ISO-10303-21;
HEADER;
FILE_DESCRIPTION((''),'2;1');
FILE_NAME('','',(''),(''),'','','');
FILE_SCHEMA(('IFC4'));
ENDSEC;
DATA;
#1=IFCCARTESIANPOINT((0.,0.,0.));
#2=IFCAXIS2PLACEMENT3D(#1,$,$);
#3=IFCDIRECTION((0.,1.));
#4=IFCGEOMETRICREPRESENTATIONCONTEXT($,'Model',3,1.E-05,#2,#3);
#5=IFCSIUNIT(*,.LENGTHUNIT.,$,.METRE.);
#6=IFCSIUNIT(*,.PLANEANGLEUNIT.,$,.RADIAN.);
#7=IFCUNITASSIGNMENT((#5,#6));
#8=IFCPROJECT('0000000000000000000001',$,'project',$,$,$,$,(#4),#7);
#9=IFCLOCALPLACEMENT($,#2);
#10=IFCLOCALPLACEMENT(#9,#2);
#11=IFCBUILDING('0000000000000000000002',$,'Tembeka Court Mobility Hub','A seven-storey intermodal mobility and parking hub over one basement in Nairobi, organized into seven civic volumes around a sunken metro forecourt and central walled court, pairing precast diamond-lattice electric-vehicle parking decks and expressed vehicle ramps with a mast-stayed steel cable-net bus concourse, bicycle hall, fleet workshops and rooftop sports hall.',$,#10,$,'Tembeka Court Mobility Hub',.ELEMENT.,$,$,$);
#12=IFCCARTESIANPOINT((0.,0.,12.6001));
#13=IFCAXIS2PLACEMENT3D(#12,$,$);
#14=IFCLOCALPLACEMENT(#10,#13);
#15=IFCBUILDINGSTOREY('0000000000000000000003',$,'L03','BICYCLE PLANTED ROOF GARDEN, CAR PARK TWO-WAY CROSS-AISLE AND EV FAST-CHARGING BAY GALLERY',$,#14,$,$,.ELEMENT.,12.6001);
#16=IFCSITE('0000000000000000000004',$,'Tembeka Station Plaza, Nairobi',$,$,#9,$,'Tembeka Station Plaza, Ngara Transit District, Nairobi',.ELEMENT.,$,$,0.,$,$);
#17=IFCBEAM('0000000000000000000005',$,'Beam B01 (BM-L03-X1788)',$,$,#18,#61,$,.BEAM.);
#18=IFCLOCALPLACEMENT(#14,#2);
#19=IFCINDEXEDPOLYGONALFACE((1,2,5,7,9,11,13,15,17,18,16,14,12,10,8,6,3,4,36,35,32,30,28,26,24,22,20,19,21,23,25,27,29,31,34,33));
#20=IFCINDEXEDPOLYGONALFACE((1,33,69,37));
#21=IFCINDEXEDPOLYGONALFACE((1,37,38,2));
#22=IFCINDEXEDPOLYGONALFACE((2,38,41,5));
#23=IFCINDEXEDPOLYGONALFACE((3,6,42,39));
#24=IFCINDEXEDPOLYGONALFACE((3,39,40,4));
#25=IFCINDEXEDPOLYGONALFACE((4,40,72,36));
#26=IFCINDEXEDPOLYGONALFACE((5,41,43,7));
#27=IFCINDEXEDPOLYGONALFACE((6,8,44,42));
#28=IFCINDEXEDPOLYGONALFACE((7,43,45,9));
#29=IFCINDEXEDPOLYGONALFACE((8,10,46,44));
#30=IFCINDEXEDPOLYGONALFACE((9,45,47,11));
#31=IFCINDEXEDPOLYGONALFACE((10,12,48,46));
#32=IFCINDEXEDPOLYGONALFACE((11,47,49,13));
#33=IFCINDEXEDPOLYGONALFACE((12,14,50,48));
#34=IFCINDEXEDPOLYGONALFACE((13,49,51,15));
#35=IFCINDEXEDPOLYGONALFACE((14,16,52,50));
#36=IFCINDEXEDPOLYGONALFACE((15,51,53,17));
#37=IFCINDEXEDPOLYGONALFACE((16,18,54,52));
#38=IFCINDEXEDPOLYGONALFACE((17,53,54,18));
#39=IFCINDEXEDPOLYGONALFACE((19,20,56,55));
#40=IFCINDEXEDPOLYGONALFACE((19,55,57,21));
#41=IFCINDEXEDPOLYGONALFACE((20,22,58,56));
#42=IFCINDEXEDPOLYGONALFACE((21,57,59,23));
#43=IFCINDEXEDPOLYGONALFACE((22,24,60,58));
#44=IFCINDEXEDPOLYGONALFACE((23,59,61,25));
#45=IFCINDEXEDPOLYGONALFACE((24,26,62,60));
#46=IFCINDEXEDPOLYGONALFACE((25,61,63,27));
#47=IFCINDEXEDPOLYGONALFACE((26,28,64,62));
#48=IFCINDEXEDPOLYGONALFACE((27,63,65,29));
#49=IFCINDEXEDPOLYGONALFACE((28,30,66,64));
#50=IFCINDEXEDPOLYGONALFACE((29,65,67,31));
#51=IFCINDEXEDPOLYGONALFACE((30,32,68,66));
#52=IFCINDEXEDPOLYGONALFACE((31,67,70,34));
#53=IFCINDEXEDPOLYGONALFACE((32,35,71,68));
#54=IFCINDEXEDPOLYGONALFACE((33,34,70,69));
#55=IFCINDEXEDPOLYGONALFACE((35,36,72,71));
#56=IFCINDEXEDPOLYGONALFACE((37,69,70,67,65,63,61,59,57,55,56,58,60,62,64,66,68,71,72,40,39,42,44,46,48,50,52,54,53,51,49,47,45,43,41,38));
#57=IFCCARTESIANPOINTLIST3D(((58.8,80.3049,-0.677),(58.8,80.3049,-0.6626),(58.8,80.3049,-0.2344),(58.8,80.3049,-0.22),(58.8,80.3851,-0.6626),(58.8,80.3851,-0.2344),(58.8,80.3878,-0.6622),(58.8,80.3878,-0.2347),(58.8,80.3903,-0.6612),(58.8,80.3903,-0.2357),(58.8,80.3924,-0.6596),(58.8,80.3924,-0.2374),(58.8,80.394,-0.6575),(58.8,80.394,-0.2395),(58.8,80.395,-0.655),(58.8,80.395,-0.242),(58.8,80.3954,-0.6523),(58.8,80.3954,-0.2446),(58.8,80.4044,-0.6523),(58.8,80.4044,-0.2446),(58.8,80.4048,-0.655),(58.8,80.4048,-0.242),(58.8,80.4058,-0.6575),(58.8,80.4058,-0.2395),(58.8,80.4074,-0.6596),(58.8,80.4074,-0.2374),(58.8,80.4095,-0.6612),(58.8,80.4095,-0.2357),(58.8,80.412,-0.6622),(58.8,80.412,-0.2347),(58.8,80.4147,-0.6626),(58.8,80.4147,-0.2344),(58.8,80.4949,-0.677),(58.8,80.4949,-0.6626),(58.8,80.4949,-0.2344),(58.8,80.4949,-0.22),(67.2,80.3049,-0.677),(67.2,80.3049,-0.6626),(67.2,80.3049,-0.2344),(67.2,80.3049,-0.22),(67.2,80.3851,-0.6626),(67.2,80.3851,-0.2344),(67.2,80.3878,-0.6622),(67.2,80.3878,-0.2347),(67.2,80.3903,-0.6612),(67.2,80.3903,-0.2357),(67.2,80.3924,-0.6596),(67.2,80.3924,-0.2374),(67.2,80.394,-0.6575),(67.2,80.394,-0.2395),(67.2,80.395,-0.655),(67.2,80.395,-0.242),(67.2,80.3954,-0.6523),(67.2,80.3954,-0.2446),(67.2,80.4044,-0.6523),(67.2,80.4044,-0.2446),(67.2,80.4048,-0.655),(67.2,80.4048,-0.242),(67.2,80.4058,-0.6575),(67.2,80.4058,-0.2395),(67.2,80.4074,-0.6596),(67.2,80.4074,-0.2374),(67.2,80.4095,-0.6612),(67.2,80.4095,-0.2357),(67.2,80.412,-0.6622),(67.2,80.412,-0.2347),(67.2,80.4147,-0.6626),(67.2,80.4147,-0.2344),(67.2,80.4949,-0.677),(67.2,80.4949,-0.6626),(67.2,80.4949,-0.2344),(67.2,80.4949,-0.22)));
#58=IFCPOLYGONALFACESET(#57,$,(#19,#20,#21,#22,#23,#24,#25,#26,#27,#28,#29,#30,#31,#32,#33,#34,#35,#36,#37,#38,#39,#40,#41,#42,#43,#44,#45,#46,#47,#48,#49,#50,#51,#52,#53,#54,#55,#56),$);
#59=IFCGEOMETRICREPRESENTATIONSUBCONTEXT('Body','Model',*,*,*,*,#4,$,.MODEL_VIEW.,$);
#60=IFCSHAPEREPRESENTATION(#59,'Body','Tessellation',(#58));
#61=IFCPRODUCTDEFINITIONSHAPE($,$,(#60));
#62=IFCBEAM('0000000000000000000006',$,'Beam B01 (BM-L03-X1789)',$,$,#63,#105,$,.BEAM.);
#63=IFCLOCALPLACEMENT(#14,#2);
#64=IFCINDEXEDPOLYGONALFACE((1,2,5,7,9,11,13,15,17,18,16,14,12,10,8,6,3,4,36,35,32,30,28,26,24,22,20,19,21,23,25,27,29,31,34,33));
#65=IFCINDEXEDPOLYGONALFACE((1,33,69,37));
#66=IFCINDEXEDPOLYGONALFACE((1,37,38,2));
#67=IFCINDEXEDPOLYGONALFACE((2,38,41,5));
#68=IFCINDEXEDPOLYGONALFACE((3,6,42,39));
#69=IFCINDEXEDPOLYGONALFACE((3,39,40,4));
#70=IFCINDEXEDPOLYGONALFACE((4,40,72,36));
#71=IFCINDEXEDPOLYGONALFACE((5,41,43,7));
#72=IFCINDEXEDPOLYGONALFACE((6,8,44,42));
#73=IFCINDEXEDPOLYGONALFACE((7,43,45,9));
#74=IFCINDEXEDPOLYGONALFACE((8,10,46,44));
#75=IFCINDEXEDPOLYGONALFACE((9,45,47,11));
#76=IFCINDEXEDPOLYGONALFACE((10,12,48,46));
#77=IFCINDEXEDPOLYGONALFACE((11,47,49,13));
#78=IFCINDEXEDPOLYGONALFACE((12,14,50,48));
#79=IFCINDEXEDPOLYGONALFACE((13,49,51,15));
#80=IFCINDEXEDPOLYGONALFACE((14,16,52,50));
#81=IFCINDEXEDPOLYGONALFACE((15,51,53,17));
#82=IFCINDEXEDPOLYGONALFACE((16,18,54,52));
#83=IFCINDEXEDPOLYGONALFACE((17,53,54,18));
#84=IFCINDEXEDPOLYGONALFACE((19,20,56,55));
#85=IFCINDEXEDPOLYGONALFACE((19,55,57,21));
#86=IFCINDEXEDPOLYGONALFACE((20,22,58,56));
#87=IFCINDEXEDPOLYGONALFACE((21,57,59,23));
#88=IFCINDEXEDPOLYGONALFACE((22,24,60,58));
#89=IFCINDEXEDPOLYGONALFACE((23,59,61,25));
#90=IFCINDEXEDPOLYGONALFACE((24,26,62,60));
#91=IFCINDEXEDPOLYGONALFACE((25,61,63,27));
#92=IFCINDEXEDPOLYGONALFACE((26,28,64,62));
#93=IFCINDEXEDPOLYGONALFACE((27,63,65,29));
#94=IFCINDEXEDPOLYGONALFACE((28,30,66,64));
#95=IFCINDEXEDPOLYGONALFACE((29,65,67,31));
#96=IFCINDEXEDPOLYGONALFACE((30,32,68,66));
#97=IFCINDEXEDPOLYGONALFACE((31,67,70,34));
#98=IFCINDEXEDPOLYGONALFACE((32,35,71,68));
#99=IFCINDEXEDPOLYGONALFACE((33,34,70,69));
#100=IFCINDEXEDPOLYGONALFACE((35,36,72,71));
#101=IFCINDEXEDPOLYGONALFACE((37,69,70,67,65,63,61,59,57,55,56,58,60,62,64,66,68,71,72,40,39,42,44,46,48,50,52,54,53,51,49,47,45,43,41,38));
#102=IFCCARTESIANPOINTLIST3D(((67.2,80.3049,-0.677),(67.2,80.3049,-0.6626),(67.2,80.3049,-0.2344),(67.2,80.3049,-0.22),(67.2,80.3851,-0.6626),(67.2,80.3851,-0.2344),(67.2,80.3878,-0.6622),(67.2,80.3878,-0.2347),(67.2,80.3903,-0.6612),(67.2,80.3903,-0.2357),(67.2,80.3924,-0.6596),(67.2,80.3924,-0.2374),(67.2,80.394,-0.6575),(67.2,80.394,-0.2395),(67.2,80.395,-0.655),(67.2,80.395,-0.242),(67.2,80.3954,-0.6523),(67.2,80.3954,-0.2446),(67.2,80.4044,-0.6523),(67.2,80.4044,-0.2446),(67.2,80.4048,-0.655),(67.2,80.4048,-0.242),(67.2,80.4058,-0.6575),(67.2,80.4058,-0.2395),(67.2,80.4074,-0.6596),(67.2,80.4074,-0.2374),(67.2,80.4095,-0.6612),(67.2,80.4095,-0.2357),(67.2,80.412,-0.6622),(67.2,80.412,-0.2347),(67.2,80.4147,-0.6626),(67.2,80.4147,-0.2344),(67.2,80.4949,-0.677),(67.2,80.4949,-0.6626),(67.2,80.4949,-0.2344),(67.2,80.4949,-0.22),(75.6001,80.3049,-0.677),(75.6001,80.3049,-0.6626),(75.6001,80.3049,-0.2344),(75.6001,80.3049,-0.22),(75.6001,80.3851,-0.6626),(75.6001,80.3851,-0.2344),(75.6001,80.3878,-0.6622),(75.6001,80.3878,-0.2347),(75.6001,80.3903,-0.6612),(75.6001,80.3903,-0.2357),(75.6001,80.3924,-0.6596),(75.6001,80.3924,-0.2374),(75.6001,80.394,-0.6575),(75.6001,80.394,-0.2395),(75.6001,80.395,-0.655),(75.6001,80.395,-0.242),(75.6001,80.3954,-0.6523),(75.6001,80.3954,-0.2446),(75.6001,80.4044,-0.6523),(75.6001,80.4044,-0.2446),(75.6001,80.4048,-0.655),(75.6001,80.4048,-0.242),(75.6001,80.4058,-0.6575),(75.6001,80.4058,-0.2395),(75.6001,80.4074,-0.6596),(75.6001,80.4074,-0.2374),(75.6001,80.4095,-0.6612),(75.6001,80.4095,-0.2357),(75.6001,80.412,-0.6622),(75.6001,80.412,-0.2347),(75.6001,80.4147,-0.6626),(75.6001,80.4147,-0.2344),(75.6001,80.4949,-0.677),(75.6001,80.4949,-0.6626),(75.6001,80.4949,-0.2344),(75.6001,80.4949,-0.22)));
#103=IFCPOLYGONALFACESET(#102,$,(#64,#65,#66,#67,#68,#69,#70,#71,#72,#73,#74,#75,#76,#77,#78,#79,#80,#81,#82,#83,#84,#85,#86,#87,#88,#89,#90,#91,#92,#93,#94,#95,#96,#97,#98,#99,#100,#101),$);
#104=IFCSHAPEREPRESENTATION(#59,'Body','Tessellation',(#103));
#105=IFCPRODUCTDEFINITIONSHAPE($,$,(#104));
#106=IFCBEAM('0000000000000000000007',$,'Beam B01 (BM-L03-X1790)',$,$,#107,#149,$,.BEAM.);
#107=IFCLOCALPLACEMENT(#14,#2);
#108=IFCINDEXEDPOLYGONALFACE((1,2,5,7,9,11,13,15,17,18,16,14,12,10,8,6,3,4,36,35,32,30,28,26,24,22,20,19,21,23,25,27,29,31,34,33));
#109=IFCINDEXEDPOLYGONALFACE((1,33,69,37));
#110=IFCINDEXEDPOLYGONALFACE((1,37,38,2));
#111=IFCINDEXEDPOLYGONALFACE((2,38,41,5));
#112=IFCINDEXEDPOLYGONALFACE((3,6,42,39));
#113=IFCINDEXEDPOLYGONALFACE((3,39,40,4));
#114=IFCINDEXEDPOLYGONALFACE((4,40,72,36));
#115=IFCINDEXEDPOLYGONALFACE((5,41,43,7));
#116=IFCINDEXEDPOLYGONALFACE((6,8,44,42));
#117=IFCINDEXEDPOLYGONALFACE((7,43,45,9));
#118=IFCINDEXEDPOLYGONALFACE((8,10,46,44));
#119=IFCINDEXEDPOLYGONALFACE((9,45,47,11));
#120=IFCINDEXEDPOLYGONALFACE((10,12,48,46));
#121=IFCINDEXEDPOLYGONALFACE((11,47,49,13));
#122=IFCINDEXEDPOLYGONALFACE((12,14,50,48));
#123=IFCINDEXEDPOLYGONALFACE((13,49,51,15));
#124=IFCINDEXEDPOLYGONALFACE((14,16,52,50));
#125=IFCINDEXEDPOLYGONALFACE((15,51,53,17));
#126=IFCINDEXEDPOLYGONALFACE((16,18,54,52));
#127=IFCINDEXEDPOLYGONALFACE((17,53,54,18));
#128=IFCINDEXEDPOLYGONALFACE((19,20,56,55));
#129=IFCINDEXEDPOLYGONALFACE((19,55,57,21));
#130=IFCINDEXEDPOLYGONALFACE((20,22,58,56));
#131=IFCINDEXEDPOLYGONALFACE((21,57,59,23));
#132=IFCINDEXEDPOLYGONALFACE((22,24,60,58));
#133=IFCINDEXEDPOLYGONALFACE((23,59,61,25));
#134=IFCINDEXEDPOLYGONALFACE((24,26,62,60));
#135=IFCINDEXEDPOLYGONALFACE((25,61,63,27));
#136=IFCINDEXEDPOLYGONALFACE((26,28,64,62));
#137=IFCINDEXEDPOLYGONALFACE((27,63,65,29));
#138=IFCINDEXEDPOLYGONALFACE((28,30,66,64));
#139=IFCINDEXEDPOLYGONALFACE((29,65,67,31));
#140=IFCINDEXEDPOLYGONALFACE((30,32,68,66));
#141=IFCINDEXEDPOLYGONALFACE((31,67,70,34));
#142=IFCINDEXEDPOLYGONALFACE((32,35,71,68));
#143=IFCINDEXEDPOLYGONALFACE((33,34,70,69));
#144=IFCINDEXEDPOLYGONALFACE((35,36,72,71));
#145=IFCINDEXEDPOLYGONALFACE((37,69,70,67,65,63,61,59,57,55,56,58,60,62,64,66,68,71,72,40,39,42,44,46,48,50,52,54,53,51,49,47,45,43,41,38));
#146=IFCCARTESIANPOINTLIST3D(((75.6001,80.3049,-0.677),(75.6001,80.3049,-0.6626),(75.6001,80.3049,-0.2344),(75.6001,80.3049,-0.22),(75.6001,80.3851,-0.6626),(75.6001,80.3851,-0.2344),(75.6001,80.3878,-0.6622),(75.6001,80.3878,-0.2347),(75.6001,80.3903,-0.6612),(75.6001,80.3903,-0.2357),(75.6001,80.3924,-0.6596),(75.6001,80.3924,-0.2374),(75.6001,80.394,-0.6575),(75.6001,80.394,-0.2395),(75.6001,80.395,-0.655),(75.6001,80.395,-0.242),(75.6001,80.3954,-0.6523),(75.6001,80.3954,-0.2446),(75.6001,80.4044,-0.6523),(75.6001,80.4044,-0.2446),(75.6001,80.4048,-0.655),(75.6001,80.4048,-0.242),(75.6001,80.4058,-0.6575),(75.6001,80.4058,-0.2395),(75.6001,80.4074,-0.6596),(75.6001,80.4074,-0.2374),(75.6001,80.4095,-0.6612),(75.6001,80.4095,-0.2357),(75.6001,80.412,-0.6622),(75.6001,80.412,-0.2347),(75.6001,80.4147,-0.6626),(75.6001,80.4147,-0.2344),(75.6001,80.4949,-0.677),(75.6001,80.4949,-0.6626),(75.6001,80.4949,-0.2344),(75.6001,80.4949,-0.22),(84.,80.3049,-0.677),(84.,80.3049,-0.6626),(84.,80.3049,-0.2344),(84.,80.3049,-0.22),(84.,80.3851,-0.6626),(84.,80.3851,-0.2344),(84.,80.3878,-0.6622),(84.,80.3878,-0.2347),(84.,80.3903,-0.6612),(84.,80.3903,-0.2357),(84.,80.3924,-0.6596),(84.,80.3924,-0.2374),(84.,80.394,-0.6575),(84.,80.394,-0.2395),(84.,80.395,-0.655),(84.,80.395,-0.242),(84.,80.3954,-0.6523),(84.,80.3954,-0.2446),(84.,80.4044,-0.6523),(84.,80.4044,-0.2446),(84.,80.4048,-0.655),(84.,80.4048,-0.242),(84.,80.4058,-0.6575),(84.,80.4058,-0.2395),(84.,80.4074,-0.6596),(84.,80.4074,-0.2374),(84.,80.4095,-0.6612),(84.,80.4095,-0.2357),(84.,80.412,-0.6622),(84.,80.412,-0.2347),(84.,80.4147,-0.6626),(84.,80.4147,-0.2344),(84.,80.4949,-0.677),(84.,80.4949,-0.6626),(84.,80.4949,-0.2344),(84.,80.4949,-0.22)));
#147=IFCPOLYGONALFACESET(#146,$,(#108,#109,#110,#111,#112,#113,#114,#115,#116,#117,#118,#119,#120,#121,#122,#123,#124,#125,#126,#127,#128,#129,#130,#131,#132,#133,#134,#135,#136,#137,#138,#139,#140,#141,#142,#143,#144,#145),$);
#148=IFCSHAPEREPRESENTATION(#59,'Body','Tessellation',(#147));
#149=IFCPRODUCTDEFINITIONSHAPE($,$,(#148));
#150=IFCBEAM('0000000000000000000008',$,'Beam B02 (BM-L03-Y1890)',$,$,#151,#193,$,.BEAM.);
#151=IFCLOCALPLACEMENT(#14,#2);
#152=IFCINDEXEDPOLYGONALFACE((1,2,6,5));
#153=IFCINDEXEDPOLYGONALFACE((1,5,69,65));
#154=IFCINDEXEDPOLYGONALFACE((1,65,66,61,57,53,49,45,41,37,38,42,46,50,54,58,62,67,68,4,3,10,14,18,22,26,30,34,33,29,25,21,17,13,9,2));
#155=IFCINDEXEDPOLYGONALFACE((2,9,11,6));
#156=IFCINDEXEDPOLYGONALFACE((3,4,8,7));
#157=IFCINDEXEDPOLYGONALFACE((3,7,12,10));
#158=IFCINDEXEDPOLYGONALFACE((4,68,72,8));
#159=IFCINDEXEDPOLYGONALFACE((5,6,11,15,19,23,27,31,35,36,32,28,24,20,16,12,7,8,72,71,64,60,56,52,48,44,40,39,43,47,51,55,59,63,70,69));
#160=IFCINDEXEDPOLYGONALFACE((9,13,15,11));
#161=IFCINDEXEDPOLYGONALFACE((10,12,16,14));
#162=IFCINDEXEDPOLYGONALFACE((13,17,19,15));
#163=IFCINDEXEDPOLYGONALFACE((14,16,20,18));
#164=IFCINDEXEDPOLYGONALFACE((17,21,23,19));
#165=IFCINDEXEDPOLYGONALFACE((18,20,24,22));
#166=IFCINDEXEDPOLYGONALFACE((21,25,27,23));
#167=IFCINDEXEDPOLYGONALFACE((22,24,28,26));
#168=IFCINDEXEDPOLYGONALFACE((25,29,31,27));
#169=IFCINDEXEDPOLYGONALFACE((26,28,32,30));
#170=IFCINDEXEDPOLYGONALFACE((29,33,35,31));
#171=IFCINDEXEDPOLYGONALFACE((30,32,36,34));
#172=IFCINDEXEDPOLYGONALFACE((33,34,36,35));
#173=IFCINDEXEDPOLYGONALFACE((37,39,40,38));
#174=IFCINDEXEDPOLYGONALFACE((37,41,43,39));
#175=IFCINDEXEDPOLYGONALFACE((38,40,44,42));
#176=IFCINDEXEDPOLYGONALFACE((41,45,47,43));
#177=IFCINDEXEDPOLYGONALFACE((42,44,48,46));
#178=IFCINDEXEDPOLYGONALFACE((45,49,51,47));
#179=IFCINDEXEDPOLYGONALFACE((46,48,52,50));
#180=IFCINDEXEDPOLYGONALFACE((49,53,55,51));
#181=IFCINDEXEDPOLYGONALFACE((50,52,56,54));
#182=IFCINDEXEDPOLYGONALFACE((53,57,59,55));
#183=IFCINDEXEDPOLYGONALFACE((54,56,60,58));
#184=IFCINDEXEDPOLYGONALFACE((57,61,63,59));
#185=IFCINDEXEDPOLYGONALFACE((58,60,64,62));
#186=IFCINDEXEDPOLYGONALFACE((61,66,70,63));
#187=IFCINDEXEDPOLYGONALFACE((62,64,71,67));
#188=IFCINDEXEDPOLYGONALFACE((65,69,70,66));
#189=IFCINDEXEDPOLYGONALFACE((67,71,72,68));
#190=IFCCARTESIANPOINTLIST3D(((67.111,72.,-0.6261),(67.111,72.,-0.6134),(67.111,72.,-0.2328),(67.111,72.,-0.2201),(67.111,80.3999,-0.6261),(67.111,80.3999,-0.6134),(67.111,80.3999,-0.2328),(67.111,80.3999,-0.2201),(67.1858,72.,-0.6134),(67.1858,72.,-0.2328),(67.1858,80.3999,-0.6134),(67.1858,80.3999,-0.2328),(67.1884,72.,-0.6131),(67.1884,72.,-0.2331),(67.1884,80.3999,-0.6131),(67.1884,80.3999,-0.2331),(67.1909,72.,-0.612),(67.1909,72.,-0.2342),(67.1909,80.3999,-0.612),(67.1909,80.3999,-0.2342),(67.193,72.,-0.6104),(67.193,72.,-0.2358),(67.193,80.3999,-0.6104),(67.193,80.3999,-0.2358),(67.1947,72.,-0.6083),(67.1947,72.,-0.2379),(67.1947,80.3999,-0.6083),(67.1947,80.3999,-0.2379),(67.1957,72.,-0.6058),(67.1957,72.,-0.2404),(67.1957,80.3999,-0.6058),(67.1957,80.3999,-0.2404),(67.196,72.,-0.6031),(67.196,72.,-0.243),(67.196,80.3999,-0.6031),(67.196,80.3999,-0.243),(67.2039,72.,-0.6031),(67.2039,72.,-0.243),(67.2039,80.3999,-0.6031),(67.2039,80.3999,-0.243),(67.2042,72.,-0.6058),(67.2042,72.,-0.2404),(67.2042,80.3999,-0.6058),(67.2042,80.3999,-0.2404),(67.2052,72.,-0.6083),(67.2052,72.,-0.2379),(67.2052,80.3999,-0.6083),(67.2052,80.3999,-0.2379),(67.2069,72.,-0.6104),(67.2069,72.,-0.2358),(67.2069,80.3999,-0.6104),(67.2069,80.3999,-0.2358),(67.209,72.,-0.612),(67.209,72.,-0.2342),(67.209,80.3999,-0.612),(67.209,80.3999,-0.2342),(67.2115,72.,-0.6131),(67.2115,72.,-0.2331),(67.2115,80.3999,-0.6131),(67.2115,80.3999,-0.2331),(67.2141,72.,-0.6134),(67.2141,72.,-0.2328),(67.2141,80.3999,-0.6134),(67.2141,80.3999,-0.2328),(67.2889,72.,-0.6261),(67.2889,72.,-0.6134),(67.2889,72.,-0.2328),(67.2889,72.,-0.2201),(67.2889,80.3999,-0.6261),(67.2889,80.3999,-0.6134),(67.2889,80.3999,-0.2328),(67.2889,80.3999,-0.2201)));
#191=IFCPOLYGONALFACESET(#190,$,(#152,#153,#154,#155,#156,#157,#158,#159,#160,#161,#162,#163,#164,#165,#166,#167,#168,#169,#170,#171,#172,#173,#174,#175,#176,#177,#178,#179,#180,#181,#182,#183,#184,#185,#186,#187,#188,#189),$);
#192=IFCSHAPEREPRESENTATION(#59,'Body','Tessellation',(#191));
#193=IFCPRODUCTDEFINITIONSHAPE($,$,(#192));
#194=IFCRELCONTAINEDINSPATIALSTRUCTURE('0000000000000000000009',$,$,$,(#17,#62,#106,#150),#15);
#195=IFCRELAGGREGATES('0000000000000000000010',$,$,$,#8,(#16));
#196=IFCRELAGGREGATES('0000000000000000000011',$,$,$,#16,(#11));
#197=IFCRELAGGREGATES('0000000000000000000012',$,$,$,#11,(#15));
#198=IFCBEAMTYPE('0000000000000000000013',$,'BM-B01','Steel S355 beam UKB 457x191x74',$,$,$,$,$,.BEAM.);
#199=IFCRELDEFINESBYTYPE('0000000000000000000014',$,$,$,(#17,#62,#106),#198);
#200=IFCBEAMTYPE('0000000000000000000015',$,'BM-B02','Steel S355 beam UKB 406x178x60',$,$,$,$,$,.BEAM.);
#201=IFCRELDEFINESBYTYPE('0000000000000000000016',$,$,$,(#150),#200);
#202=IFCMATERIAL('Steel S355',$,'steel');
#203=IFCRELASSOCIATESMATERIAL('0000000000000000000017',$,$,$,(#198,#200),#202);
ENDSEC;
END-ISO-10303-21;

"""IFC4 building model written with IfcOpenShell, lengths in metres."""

from ifc_helpers import new_model, si_unit, direction, frame, origin, origin_2d, place, context, subcontext, project, spatial, i_section, extrude, material, material_profile, profile_set, type_object, element, save


model = new_model("IFC4")

# Units and contexts
model_context = context("Model", 3, precision=1e-05, world=origin(), true_north=direction((0.0, 1.0)))
body_context = subcontext(model_context, "Body", "Model", "MODEL_VIEW")
ifc_project = project(units=[si_unit("LENGTHUNIT", "METRE"), si_unit("PLANEANGLEUNIT", "RADIAN")], contexts=[model_context])

# Site, building, storey
site_placement = place(None, origin())
site = spatial("IfcSite", under=ifc_project, at=site_placement, Name="Tembeka Station Plaza, Nairobi", LongName="Tembeka Station Plaza, Ngara Transit District, Nairobi", CompositionType="ELEMENT", RefElevation=0.0)
building_placement = place(site_placement, origin())
building = spatial("IfcBuilding", under=site, at=building_placement, Name="Tembeka Court Mobility Hub", Description="A seven-storey intermodal mobility and parking hub over one basement in Nairobi, organized into seven civic volumes around a sunken metro forecourt and central walled court, pairing precast diamond-lattice electric-vehicle parking decks and expressed vehicle ramps with a mast-stayed steel cable-net bus concourse, bicycle hall, fleet workshops and rooftop sports hall.", LongName="Tembeka Court Mobility Hub", CompositionType="ELEMENT")
storey_placement = place(building_placement, frame((0.0, 0.0, 12.6001)))
storey = spatial("IfcBuildingStorey", under=building, at=storey_placement, Name="L03", Description="BICYCLE PLANTED ROOF GARDEN, CAR PARK TWO-WAY CROSS-AISLE AND EV FAST-CHARGING BAY GALLERY", CompositionType="ELEMENT", Elevation=12.6001)

# Shared definitions
ifc_material = material(Name="Steel S355", Category="steel")

# Beams
ifc_material_profile_1 = material_profile(ifc_material, i_section(OverallWidth=0.1899, OverallDepth=0.457, WebThickness=0.009, FlangeThickness=0.0144, FilletRadius=0.0103, at=origin_2d()), Name="UKB 457x191x74")
ifc_profile_set_1 = profile_set([ifc_material_profile_1], Name="Steel S355")
beam_type_1 = type_object("IfcBeamType", Name="BM-B01", Description="Steel S355 beam UKB 457x191x74", PredefinedType="BEAM", material=ifc_profile_set_1)
beam_1_placement = place(storey_placement, frame((58.8, 80.3999, -0.4485), z_axis=(1.0, 0.0, 0.0), x_axis=(0.0, 1.0, 0.0)))
element("IfcBeam", 1, at=beam_1_placement, inside=storey, type_object=beam_type_1, Name="Beam B01 (BM-L03-X1788)", PredefinedType="BEAM", context=body_context, shape_type="SweptSolid", body=[
    extrude(i_section(OverallWidth=0.1899, OverallDepth=0.457, WebThickness=0.009, FlangeThickness=0.0144, FilletRadius=0.0103, at=origin_2d()), origin(), (0.0, 0.0, 1.0), 8.3999),
])
beam_2_placement = place(storey_placement, frame((67.2, 80.3999, -0.4485), z_axis=(1.0, 0.0, 0.0), x_axis=(0.0, 1.0, 0.0)))
element("IfcBeam", 2, at=beam_2_placement, inside=storey, type_object=beam_type_1, Name="Beam B01 (BM-L03-X1789)", PredefinedType="BEAM", context=body_context, shape_type="SweptSolid", body=[
    extrude(i_section(OverallWidth=0.1899, OverallDepth=0.457, WebThickness=0.009, FlangeThickness=0.0144, FilletRadius=0.0103, at=origin_2d()), origin(), (0.0, 0.0, 1.0), 8.4001),
])
beam_3_placement = place(storey_placement, frame((75.6001, 80.3999, -0.4485), z_axis=(1.0, 0.0, 0.0), x_axis=(0.0, 1.0, 0.0)))
element("IfcBeam", 3, at=beam_3_placement, inside=storey, type_object=beam_type_1, Name="Beam B01 (BM-L03-X1790)", PredefinedType="BEAM", context=body_context, shape_type="SweptSolid", body=[
    extrude(i_section(OverallWidth=0.1899, OverallDepth=0.457, WebThickness=0.009, FlangeThickness=0.0144, FilletRadius=0.0103, at=origin_2d()), origin(), (0.0, 0.0, 1.0), 8.3999),
])
ifc_material_profile_2 = material_profile(ifc_material, i_section(OverallWidth=0.178, OverallDepth=0.406, WebThickness=0.0078, FlangeThickness=0.0127, FilletRadius=0.0103, at=origin_2d()), Name="UKB 406x178x60")
ifc_profile_set_2 = profile_set([ifc_material_profile_2], Name="Steel S355")
beam_type_2 = type_object("IfcBeamType", Name="BM-B02", Description="Steel S355 beam UKB 406x178x60", PredefinedType="BEAM", material=ifc_profile_set_2)
beam_4_placement = place(storey_placement, frame((67.2, 72.0, -0.4231), z_axis=(0.0, 1.0, 0.0), x_axis=(-1.0, 0.0, 0.0)))
element("IfcBeam", 4, at=beam_4_placement, inside=storey, type_object=beam_type_2, Name="Beam B02 (BM-L03-Y1890)", PredefinedType="BEAM", context=body_context, shape_type="SweptSolid", body=[
    extrude(i_section(OverallWidth=0.178, OverallDepth=0.406, WebThickness=0.0078, FlangeThickness=0.0127, FilletRadius=0.0103, at=origin_2d()), origin(), (0.0, 0.0, 1.0), 8.3999),
])

save(model, "model.ifc")
